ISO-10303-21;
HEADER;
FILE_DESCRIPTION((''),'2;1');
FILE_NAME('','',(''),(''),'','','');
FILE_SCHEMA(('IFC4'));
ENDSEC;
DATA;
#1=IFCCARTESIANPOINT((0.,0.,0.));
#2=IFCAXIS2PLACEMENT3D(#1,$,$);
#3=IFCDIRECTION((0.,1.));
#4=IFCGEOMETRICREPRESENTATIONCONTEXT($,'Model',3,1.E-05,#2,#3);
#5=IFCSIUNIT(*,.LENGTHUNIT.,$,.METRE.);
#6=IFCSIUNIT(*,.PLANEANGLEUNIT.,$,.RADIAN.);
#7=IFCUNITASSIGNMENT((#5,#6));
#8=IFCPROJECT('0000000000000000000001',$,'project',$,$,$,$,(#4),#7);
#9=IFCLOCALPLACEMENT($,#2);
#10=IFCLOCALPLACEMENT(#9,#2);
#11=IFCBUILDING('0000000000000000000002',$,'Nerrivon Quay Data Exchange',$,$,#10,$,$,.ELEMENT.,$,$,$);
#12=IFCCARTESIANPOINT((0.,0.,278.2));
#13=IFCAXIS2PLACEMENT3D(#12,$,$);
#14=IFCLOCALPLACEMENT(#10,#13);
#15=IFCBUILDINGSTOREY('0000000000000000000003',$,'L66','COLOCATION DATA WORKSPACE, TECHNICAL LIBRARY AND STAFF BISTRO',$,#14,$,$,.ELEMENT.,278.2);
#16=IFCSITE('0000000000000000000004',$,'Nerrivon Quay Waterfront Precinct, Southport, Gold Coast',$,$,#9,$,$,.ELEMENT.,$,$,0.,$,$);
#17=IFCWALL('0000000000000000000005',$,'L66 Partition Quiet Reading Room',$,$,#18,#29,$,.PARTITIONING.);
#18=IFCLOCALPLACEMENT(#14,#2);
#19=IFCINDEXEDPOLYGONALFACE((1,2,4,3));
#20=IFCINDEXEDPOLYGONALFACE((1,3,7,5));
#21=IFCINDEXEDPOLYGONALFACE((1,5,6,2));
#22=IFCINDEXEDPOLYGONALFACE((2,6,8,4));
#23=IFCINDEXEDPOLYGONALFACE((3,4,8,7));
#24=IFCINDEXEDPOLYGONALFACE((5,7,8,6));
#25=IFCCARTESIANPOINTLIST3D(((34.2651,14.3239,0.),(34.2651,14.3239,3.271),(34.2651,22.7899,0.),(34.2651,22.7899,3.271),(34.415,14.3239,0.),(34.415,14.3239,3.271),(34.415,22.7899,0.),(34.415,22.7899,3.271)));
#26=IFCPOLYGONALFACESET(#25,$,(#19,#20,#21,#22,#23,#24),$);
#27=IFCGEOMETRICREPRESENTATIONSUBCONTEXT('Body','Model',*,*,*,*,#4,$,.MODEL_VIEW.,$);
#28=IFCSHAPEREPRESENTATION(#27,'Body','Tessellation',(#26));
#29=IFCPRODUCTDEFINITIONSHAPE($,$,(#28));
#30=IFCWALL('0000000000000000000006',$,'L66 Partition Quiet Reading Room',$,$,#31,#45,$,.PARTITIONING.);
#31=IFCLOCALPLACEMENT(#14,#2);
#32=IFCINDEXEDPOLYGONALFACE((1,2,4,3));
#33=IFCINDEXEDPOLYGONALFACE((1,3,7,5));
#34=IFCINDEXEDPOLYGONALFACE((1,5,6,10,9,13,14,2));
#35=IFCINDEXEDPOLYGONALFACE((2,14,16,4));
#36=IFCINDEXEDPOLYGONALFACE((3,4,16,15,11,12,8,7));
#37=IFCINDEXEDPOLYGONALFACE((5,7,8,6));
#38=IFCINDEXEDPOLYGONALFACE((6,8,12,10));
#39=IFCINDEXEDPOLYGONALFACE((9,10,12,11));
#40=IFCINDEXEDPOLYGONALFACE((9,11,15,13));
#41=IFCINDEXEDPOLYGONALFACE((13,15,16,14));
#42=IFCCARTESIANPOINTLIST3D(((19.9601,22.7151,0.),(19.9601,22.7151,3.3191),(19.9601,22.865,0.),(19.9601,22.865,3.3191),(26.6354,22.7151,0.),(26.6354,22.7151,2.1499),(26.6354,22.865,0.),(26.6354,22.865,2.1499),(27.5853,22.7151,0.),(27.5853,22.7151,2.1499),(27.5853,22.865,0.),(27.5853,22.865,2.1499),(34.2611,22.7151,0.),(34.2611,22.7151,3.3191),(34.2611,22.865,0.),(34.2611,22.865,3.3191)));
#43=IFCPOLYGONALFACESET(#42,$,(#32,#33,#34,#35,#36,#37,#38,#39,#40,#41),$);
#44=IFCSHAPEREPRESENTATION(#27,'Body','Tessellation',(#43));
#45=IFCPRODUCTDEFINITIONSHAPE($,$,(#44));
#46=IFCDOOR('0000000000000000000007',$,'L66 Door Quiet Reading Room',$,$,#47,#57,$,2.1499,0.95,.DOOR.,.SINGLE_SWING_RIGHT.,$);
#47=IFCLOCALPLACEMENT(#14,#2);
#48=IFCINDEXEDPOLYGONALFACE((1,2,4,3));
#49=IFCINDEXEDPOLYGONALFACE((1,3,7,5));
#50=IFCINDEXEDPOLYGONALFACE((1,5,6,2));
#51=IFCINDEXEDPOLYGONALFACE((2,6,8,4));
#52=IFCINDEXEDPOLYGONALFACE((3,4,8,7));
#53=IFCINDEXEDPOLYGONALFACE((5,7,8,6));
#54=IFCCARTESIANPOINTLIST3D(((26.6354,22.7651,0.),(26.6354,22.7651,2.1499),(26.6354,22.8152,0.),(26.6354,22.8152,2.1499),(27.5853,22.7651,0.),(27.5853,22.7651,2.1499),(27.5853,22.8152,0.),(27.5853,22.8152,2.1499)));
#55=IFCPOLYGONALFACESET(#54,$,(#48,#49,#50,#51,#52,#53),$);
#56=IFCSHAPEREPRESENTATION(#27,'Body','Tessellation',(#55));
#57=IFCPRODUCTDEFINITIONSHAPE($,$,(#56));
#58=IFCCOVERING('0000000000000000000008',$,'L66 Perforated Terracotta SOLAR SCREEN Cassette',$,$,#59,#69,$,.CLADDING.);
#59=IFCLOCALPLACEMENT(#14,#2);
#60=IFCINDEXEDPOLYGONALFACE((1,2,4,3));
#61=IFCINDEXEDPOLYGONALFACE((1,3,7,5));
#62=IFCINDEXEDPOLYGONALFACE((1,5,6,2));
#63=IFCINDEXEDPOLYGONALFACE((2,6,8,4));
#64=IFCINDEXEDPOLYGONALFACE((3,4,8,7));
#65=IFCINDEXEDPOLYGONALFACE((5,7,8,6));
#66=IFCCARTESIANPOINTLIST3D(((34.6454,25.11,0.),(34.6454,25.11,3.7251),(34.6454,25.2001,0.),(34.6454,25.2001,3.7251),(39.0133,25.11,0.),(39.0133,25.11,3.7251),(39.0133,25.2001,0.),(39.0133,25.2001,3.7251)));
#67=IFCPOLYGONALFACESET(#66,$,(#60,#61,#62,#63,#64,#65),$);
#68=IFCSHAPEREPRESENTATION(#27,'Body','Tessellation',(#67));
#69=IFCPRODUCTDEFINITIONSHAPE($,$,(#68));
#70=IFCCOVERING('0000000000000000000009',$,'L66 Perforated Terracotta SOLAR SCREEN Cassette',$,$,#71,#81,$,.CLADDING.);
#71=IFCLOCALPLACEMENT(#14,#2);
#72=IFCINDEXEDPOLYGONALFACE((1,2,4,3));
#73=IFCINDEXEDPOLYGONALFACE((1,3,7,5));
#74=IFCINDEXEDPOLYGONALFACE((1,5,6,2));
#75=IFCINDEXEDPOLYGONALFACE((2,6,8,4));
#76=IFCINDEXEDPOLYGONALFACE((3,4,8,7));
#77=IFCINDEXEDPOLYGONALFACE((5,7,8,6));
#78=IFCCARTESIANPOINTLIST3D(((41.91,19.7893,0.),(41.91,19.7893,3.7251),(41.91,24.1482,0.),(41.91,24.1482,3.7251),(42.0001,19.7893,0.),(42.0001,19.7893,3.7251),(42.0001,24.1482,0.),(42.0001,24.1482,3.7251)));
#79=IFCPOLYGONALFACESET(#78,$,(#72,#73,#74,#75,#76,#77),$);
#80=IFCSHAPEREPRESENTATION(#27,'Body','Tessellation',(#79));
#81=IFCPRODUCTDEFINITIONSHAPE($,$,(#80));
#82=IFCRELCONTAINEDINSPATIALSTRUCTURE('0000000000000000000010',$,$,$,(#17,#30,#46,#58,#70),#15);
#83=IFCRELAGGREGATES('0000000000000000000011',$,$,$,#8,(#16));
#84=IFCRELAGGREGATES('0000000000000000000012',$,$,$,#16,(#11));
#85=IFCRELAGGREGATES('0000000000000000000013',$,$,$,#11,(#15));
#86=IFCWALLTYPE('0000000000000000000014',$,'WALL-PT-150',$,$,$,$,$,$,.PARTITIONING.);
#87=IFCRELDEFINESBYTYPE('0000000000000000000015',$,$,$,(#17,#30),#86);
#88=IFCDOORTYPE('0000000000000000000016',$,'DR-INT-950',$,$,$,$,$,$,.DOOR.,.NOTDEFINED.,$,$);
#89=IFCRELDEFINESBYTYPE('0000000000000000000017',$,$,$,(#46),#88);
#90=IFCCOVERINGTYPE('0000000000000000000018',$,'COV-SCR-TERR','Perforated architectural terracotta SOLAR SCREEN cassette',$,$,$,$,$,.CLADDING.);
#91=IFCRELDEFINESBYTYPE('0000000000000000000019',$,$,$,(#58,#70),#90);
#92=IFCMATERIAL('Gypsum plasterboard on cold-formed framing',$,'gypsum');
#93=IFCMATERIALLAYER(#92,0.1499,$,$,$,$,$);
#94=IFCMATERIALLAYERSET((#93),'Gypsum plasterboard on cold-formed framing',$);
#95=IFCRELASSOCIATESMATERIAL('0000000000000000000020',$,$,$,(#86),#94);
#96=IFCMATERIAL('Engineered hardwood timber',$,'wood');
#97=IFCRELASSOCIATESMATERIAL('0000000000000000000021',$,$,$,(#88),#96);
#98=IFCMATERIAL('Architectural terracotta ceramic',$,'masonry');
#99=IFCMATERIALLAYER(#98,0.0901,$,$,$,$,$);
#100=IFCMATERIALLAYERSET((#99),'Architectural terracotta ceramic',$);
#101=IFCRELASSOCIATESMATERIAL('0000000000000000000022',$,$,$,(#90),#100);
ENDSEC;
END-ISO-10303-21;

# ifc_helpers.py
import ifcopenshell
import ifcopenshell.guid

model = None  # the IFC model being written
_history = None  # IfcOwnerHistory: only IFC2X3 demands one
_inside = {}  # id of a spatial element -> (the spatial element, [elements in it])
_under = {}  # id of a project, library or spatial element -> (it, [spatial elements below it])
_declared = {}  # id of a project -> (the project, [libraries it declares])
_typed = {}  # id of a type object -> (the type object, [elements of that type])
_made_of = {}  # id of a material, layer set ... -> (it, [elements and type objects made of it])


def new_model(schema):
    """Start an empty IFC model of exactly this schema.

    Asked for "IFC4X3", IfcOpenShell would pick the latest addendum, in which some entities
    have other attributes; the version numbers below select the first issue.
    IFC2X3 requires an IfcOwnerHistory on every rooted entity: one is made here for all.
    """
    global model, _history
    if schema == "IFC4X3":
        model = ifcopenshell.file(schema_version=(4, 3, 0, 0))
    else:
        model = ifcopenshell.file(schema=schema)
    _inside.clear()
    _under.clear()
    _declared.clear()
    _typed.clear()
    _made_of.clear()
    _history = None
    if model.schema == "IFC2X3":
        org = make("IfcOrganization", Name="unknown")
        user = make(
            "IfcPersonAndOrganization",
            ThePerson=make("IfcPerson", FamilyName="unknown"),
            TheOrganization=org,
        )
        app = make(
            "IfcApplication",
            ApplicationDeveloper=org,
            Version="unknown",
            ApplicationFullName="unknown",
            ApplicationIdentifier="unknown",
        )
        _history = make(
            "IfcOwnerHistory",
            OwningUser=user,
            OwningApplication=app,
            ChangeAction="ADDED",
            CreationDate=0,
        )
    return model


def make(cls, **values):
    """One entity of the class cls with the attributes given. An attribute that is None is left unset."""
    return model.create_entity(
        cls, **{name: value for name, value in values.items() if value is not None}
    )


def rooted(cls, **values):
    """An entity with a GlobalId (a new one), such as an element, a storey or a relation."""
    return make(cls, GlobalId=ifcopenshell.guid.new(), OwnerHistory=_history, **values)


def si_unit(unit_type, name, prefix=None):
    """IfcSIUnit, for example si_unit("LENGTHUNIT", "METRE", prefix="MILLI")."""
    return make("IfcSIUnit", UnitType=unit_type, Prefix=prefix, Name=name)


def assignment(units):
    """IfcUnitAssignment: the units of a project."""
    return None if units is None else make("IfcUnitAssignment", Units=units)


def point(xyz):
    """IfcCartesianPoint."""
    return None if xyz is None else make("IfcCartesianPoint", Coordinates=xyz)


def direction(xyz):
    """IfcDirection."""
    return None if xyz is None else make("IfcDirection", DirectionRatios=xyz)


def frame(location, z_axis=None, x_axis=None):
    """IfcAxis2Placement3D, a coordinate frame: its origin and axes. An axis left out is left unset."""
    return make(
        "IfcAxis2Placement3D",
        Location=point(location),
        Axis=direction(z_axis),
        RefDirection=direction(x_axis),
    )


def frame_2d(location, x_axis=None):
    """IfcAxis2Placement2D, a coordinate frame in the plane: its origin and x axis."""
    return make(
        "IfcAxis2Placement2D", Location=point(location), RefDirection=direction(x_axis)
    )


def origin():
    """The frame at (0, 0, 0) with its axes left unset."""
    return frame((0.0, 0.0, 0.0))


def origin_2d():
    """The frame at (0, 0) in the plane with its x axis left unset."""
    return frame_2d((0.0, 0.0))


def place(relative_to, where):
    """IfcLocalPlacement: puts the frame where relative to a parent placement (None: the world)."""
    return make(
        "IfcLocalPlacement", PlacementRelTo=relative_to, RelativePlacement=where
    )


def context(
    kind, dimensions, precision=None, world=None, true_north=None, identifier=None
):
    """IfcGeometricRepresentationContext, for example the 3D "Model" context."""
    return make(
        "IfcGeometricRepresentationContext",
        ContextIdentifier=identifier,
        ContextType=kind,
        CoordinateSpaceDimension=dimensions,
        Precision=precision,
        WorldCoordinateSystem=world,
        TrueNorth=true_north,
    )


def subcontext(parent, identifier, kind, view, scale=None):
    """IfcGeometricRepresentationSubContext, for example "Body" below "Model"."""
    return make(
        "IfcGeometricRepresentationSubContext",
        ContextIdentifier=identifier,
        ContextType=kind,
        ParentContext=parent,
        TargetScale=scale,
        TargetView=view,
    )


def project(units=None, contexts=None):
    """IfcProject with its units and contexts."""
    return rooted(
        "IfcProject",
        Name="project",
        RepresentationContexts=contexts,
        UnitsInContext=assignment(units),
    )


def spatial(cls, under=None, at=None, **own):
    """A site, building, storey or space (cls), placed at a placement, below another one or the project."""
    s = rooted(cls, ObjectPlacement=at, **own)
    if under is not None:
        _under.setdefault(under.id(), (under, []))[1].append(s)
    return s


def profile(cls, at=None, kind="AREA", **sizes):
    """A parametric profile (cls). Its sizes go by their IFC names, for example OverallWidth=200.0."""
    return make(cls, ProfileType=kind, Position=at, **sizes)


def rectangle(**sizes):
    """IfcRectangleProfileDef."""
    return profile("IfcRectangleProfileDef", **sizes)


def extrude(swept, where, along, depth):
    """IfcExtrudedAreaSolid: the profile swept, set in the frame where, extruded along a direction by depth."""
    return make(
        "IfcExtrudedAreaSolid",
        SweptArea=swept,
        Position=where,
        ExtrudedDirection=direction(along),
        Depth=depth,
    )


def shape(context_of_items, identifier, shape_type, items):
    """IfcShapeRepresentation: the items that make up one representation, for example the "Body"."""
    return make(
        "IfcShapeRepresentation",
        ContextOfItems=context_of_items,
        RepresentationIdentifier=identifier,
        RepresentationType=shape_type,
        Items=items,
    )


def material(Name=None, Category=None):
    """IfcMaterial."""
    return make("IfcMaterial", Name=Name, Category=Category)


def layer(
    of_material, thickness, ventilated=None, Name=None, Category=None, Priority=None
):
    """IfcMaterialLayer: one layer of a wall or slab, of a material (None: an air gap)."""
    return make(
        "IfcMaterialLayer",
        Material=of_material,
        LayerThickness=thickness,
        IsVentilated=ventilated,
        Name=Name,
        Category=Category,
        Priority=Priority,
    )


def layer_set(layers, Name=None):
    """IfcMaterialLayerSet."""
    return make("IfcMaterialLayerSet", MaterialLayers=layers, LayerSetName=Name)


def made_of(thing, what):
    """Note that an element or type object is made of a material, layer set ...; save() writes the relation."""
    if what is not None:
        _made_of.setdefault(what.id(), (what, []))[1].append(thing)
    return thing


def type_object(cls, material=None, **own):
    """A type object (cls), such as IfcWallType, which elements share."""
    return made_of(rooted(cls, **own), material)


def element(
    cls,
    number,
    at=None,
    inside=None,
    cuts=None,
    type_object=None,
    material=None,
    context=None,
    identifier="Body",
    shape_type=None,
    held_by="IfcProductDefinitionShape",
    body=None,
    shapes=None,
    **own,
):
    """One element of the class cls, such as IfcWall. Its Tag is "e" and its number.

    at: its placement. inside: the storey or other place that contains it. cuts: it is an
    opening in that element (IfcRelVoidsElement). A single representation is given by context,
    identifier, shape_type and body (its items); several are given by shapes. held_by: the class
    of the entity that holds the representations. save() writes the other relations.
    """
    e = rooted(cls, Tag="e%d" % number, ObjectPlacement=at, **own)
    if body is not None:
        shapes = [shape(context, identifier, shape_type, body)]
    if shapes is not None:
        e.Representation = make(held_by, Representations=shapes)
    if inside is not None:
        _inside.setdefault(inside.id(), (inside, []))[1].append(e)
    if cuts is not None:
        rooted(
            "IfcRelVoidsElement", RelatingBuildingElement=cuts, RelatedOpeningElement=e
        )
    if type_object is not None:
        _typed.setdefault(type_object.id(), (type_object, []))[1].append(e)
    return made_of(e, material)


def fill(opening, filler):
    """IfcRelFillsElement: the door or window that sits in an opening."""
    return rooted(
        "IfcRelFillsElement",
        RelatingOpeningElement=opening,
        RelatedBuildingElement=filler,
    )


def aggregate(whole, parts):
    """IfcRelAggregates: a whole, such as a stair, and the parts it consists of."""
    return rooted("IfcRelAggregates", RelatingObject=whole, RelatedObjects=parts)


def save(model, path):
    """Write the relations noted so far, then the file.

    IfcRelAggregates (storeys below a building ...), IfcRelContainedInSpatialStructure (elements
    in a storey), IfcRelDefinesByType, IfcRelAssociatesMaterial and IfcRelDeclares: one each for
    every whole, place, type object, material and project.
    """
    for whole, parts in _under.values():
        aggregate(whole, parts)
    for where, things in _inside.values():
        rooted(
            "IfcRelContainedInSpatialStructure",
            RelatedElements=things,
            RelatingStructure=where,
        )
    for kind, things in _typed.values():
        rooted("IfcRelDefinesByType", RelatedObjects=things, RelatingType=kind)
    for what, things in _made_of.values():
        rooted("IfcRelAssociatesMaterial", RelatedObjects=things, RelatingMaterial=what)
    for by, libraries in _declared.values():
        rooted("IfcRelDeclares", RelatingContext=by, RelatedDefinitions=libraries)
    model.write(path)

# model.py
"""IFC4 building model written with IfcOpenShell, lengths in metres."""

from ifc_helpers import new_model, si_unit, direction, frame, frame_2d, origin, origin_2d, place, context, subcontext, project, spatial, rectangle, extrude, material, layer, layer_set, type_object, element, fill, save


model = new_model("IFC4")

# Units and contexts
model_context = context("Model", 3, precision=1e-05, world=origin(), true_north=direction((0.0, 1.0)))
body_context = subcontext(model_context, "Body", "Model", "MODEL_VIEW")
ifc_project = project(units=[si_unit("LENGTHUNIT", "METRE"), si_unit("PLANEANGLEUNIT", "RADIAN")], contexts=[model_context])

# Site, building, storey
site_placement = place(None, origin())
site = spatial("IfcSite", under=ifc_project, at=site_placement, Name="Nerrivon Quay Waterfront Precinct, Southport, Gold Coast", CompositionType="ELEMENT", RefElevation=0.0)
building_placement = place(site_placement, origin())
building = spatial("IfcBuilding", under=site, at=building_placement, Name="Nerrivon Quay Data Exchange", CompositionType="ELEMENT")
storey_placement = place(building_placement, frame((0.0, 0.0, 278.2)))
storey = spatial("IfcBuildingStorey", under=building, at=storey_placement, Name="L66", Description="COLOCATION DATA WORKSPACE, TECHNICAL LIBRARY AND STAFF BISTRO", CompositionType="ELEMENT", Elevation=278.2)

# Shared definitions
ifc_material_1 = material(Name="Gypsum plasterboard on cold-formed framing", Category="gypsum")
ifc_material_2 = material(Name="Engineered hardwood timber", Category="wood")

# Wall
ifc_layer_1 = layer(ifc_material_1, 0.1499)
ifc_layer_set_1 = layer_set([ifc_layer_1], Name="Gypsum plasterboard on cold-formed framing")
wall_type_1 = type_object("IfcWallType", Name="WALL-PT-150", PredefinedType="PARTITIONING", material=ifc_layer_set_1)
wall_1_placement = place(storey_placement, frame((34.3401, 14.324, 0.0), z_axis=(0.0, 0.0, 1.0), x_axis=(0.0, 1.0, 0.0)))
element("IfcWall", 1, at=wall_1_placement, inside=storey, type_object=wall_type_1, Name="L66 Partition Quiet Reading Room", PredefinedType="PARTITIONING", context=body_context, shape_type="SweptSolid", body=[
    extrude(rectangle(XDim=8.4661, YDim=0.1499, at=frame_2d((4.2329, 0.0))), origin(), (0.0, 0.0, 1.0), 3.271),
])

# Wall, opening, door
wall_2_placement = place(storey_placement, frame((34.261, 22.79, 0.0), z_axis=(0.0, 0.0, 1.0), x_axis=(-1.0, 0.0, 0.0)))
wall_2 = element("IfcWall", 2, at=wall_2_placement, inside=storey, type_object=wall_type_1, Name="L66 Partition Quiet Reading Room", PredefinedType="PARTITIONING", context=body_context, shape_type="SweptSolid", body=[
    extrude(rectangle(XDim=14.301, YDim=0.1499, at=frame_2d((7.1504, 0.0))), origin(), (0.0, 0.0, 1.0), 3.3191),
])
opening_1_placement = place(wall_2_placement, frame((6.6755, 0.0, 0.0)))
opening_1 = element("IfcOpeningElement", 3, at=opening_1_placement, cuts=wall_2, PredefinedType="OPENING", context=body_context, shape_type="SweptSolid", body=[
    extrude(rectangle(XDim=0.95, YDim=2.1499, at=frame_2d((0.4751, 1.075))), frame((0.0, 0.085, 0.0), z_axis=(0.0, -1.0, 0.0), x_axis=(1.0, 0.0, 0.0)), (0.0, 0.0, 1.0), 0.1699),
])
door_type_1 = type_object("IfcDoorType", Name="DR-INT-950", OperationType="NOTDEFINED", PredefinedType="DOOR", material=ifc_material_2)
door_1_placement = place(opening_1_placement, origin())
door_1 = element("IfcDoor", 4, at=door_1_placement, inside=storey, type_object=door_type_1, Name="L66 Door Quiet Reading Room", OperationType="SINGLE_SWING_RIGHT", OverallHeight=2.1499, OverallWidth=0.95, PredefinedType="DOOR", context=body_context, shape_type="SweptSolid", body=[
    extrude(rectangle(XDim=0.95, YDim=2.1499, at=frame_2d((0.4751, 1.075))), frame((0.0, 0.0249, 0.0), z_axis=(0.0, -1.0, 0.0), x_axis=(1.0, 0.0, 0.0)), (0.0, 0.0, 1.0), 0.05),
])
fill(opening_1, door_1)

# Coverings
ifc_material_3 = material(Name="Architectural terracotta ceramic", Category="masonry")
ifc_layer_2 = layer(ifc_material_3, 0.0901)
ifc_layer_set_2 = layer_set([ifc_layer_2], Name="Architectural terracotta ceramic")
covering_type = type_object("IfcCoveringType", Name="COV-SCR-TERR", Description="Perforated architectural terracotta SOLAR SCREEN cassette", PredefinedType="CLADDING", material=ifc_layer_set_2)
covering_1_placement = place(storey_placement, frame((36.8293, 25.155, 0.0), z_axis=(0.0, 0.0, 1.0), x_axis=(1.0, 0.0, 0.0)))
element("IfcCovering", 5, at=covering_1_placement, inside=storey, type_object=covering_type, Name="L66 Perforated Terracotta SOLAR SCREEN Cassette", PredefinedType="CLADDING", context=body_context, shape_type="SweptSolid", body=[
    extrude(rectangle(XDim=4.3679, YDim=0.0901, at=origin_2d()), origin(), (0.0, 0.0, 1.0), 3.7251),
])
covering_2_placement = place(storey_placement, frame((41.9551, 21.9688, 0.0), z_axis=(0.0, 0.0, 1.0), x_axis=(0.0, -1.0, 0.0)))
element("IfcCovering", 6, at=covering_2_placement, inside=storey, type_object=covering_type, Name="L66 Perforated Terracotta SOLAR SCREEN Cassette", PredefinedType="CLADDING", context=body_context, shape_type="SweptSolid", body=[
    extrude(rectangle(XDim=4.3589, YDim=0.0901, at=origin_2d()), origin(), (0.0, 0.0, 1.0), 3.7251),
])

save(model, "model.ifc")
